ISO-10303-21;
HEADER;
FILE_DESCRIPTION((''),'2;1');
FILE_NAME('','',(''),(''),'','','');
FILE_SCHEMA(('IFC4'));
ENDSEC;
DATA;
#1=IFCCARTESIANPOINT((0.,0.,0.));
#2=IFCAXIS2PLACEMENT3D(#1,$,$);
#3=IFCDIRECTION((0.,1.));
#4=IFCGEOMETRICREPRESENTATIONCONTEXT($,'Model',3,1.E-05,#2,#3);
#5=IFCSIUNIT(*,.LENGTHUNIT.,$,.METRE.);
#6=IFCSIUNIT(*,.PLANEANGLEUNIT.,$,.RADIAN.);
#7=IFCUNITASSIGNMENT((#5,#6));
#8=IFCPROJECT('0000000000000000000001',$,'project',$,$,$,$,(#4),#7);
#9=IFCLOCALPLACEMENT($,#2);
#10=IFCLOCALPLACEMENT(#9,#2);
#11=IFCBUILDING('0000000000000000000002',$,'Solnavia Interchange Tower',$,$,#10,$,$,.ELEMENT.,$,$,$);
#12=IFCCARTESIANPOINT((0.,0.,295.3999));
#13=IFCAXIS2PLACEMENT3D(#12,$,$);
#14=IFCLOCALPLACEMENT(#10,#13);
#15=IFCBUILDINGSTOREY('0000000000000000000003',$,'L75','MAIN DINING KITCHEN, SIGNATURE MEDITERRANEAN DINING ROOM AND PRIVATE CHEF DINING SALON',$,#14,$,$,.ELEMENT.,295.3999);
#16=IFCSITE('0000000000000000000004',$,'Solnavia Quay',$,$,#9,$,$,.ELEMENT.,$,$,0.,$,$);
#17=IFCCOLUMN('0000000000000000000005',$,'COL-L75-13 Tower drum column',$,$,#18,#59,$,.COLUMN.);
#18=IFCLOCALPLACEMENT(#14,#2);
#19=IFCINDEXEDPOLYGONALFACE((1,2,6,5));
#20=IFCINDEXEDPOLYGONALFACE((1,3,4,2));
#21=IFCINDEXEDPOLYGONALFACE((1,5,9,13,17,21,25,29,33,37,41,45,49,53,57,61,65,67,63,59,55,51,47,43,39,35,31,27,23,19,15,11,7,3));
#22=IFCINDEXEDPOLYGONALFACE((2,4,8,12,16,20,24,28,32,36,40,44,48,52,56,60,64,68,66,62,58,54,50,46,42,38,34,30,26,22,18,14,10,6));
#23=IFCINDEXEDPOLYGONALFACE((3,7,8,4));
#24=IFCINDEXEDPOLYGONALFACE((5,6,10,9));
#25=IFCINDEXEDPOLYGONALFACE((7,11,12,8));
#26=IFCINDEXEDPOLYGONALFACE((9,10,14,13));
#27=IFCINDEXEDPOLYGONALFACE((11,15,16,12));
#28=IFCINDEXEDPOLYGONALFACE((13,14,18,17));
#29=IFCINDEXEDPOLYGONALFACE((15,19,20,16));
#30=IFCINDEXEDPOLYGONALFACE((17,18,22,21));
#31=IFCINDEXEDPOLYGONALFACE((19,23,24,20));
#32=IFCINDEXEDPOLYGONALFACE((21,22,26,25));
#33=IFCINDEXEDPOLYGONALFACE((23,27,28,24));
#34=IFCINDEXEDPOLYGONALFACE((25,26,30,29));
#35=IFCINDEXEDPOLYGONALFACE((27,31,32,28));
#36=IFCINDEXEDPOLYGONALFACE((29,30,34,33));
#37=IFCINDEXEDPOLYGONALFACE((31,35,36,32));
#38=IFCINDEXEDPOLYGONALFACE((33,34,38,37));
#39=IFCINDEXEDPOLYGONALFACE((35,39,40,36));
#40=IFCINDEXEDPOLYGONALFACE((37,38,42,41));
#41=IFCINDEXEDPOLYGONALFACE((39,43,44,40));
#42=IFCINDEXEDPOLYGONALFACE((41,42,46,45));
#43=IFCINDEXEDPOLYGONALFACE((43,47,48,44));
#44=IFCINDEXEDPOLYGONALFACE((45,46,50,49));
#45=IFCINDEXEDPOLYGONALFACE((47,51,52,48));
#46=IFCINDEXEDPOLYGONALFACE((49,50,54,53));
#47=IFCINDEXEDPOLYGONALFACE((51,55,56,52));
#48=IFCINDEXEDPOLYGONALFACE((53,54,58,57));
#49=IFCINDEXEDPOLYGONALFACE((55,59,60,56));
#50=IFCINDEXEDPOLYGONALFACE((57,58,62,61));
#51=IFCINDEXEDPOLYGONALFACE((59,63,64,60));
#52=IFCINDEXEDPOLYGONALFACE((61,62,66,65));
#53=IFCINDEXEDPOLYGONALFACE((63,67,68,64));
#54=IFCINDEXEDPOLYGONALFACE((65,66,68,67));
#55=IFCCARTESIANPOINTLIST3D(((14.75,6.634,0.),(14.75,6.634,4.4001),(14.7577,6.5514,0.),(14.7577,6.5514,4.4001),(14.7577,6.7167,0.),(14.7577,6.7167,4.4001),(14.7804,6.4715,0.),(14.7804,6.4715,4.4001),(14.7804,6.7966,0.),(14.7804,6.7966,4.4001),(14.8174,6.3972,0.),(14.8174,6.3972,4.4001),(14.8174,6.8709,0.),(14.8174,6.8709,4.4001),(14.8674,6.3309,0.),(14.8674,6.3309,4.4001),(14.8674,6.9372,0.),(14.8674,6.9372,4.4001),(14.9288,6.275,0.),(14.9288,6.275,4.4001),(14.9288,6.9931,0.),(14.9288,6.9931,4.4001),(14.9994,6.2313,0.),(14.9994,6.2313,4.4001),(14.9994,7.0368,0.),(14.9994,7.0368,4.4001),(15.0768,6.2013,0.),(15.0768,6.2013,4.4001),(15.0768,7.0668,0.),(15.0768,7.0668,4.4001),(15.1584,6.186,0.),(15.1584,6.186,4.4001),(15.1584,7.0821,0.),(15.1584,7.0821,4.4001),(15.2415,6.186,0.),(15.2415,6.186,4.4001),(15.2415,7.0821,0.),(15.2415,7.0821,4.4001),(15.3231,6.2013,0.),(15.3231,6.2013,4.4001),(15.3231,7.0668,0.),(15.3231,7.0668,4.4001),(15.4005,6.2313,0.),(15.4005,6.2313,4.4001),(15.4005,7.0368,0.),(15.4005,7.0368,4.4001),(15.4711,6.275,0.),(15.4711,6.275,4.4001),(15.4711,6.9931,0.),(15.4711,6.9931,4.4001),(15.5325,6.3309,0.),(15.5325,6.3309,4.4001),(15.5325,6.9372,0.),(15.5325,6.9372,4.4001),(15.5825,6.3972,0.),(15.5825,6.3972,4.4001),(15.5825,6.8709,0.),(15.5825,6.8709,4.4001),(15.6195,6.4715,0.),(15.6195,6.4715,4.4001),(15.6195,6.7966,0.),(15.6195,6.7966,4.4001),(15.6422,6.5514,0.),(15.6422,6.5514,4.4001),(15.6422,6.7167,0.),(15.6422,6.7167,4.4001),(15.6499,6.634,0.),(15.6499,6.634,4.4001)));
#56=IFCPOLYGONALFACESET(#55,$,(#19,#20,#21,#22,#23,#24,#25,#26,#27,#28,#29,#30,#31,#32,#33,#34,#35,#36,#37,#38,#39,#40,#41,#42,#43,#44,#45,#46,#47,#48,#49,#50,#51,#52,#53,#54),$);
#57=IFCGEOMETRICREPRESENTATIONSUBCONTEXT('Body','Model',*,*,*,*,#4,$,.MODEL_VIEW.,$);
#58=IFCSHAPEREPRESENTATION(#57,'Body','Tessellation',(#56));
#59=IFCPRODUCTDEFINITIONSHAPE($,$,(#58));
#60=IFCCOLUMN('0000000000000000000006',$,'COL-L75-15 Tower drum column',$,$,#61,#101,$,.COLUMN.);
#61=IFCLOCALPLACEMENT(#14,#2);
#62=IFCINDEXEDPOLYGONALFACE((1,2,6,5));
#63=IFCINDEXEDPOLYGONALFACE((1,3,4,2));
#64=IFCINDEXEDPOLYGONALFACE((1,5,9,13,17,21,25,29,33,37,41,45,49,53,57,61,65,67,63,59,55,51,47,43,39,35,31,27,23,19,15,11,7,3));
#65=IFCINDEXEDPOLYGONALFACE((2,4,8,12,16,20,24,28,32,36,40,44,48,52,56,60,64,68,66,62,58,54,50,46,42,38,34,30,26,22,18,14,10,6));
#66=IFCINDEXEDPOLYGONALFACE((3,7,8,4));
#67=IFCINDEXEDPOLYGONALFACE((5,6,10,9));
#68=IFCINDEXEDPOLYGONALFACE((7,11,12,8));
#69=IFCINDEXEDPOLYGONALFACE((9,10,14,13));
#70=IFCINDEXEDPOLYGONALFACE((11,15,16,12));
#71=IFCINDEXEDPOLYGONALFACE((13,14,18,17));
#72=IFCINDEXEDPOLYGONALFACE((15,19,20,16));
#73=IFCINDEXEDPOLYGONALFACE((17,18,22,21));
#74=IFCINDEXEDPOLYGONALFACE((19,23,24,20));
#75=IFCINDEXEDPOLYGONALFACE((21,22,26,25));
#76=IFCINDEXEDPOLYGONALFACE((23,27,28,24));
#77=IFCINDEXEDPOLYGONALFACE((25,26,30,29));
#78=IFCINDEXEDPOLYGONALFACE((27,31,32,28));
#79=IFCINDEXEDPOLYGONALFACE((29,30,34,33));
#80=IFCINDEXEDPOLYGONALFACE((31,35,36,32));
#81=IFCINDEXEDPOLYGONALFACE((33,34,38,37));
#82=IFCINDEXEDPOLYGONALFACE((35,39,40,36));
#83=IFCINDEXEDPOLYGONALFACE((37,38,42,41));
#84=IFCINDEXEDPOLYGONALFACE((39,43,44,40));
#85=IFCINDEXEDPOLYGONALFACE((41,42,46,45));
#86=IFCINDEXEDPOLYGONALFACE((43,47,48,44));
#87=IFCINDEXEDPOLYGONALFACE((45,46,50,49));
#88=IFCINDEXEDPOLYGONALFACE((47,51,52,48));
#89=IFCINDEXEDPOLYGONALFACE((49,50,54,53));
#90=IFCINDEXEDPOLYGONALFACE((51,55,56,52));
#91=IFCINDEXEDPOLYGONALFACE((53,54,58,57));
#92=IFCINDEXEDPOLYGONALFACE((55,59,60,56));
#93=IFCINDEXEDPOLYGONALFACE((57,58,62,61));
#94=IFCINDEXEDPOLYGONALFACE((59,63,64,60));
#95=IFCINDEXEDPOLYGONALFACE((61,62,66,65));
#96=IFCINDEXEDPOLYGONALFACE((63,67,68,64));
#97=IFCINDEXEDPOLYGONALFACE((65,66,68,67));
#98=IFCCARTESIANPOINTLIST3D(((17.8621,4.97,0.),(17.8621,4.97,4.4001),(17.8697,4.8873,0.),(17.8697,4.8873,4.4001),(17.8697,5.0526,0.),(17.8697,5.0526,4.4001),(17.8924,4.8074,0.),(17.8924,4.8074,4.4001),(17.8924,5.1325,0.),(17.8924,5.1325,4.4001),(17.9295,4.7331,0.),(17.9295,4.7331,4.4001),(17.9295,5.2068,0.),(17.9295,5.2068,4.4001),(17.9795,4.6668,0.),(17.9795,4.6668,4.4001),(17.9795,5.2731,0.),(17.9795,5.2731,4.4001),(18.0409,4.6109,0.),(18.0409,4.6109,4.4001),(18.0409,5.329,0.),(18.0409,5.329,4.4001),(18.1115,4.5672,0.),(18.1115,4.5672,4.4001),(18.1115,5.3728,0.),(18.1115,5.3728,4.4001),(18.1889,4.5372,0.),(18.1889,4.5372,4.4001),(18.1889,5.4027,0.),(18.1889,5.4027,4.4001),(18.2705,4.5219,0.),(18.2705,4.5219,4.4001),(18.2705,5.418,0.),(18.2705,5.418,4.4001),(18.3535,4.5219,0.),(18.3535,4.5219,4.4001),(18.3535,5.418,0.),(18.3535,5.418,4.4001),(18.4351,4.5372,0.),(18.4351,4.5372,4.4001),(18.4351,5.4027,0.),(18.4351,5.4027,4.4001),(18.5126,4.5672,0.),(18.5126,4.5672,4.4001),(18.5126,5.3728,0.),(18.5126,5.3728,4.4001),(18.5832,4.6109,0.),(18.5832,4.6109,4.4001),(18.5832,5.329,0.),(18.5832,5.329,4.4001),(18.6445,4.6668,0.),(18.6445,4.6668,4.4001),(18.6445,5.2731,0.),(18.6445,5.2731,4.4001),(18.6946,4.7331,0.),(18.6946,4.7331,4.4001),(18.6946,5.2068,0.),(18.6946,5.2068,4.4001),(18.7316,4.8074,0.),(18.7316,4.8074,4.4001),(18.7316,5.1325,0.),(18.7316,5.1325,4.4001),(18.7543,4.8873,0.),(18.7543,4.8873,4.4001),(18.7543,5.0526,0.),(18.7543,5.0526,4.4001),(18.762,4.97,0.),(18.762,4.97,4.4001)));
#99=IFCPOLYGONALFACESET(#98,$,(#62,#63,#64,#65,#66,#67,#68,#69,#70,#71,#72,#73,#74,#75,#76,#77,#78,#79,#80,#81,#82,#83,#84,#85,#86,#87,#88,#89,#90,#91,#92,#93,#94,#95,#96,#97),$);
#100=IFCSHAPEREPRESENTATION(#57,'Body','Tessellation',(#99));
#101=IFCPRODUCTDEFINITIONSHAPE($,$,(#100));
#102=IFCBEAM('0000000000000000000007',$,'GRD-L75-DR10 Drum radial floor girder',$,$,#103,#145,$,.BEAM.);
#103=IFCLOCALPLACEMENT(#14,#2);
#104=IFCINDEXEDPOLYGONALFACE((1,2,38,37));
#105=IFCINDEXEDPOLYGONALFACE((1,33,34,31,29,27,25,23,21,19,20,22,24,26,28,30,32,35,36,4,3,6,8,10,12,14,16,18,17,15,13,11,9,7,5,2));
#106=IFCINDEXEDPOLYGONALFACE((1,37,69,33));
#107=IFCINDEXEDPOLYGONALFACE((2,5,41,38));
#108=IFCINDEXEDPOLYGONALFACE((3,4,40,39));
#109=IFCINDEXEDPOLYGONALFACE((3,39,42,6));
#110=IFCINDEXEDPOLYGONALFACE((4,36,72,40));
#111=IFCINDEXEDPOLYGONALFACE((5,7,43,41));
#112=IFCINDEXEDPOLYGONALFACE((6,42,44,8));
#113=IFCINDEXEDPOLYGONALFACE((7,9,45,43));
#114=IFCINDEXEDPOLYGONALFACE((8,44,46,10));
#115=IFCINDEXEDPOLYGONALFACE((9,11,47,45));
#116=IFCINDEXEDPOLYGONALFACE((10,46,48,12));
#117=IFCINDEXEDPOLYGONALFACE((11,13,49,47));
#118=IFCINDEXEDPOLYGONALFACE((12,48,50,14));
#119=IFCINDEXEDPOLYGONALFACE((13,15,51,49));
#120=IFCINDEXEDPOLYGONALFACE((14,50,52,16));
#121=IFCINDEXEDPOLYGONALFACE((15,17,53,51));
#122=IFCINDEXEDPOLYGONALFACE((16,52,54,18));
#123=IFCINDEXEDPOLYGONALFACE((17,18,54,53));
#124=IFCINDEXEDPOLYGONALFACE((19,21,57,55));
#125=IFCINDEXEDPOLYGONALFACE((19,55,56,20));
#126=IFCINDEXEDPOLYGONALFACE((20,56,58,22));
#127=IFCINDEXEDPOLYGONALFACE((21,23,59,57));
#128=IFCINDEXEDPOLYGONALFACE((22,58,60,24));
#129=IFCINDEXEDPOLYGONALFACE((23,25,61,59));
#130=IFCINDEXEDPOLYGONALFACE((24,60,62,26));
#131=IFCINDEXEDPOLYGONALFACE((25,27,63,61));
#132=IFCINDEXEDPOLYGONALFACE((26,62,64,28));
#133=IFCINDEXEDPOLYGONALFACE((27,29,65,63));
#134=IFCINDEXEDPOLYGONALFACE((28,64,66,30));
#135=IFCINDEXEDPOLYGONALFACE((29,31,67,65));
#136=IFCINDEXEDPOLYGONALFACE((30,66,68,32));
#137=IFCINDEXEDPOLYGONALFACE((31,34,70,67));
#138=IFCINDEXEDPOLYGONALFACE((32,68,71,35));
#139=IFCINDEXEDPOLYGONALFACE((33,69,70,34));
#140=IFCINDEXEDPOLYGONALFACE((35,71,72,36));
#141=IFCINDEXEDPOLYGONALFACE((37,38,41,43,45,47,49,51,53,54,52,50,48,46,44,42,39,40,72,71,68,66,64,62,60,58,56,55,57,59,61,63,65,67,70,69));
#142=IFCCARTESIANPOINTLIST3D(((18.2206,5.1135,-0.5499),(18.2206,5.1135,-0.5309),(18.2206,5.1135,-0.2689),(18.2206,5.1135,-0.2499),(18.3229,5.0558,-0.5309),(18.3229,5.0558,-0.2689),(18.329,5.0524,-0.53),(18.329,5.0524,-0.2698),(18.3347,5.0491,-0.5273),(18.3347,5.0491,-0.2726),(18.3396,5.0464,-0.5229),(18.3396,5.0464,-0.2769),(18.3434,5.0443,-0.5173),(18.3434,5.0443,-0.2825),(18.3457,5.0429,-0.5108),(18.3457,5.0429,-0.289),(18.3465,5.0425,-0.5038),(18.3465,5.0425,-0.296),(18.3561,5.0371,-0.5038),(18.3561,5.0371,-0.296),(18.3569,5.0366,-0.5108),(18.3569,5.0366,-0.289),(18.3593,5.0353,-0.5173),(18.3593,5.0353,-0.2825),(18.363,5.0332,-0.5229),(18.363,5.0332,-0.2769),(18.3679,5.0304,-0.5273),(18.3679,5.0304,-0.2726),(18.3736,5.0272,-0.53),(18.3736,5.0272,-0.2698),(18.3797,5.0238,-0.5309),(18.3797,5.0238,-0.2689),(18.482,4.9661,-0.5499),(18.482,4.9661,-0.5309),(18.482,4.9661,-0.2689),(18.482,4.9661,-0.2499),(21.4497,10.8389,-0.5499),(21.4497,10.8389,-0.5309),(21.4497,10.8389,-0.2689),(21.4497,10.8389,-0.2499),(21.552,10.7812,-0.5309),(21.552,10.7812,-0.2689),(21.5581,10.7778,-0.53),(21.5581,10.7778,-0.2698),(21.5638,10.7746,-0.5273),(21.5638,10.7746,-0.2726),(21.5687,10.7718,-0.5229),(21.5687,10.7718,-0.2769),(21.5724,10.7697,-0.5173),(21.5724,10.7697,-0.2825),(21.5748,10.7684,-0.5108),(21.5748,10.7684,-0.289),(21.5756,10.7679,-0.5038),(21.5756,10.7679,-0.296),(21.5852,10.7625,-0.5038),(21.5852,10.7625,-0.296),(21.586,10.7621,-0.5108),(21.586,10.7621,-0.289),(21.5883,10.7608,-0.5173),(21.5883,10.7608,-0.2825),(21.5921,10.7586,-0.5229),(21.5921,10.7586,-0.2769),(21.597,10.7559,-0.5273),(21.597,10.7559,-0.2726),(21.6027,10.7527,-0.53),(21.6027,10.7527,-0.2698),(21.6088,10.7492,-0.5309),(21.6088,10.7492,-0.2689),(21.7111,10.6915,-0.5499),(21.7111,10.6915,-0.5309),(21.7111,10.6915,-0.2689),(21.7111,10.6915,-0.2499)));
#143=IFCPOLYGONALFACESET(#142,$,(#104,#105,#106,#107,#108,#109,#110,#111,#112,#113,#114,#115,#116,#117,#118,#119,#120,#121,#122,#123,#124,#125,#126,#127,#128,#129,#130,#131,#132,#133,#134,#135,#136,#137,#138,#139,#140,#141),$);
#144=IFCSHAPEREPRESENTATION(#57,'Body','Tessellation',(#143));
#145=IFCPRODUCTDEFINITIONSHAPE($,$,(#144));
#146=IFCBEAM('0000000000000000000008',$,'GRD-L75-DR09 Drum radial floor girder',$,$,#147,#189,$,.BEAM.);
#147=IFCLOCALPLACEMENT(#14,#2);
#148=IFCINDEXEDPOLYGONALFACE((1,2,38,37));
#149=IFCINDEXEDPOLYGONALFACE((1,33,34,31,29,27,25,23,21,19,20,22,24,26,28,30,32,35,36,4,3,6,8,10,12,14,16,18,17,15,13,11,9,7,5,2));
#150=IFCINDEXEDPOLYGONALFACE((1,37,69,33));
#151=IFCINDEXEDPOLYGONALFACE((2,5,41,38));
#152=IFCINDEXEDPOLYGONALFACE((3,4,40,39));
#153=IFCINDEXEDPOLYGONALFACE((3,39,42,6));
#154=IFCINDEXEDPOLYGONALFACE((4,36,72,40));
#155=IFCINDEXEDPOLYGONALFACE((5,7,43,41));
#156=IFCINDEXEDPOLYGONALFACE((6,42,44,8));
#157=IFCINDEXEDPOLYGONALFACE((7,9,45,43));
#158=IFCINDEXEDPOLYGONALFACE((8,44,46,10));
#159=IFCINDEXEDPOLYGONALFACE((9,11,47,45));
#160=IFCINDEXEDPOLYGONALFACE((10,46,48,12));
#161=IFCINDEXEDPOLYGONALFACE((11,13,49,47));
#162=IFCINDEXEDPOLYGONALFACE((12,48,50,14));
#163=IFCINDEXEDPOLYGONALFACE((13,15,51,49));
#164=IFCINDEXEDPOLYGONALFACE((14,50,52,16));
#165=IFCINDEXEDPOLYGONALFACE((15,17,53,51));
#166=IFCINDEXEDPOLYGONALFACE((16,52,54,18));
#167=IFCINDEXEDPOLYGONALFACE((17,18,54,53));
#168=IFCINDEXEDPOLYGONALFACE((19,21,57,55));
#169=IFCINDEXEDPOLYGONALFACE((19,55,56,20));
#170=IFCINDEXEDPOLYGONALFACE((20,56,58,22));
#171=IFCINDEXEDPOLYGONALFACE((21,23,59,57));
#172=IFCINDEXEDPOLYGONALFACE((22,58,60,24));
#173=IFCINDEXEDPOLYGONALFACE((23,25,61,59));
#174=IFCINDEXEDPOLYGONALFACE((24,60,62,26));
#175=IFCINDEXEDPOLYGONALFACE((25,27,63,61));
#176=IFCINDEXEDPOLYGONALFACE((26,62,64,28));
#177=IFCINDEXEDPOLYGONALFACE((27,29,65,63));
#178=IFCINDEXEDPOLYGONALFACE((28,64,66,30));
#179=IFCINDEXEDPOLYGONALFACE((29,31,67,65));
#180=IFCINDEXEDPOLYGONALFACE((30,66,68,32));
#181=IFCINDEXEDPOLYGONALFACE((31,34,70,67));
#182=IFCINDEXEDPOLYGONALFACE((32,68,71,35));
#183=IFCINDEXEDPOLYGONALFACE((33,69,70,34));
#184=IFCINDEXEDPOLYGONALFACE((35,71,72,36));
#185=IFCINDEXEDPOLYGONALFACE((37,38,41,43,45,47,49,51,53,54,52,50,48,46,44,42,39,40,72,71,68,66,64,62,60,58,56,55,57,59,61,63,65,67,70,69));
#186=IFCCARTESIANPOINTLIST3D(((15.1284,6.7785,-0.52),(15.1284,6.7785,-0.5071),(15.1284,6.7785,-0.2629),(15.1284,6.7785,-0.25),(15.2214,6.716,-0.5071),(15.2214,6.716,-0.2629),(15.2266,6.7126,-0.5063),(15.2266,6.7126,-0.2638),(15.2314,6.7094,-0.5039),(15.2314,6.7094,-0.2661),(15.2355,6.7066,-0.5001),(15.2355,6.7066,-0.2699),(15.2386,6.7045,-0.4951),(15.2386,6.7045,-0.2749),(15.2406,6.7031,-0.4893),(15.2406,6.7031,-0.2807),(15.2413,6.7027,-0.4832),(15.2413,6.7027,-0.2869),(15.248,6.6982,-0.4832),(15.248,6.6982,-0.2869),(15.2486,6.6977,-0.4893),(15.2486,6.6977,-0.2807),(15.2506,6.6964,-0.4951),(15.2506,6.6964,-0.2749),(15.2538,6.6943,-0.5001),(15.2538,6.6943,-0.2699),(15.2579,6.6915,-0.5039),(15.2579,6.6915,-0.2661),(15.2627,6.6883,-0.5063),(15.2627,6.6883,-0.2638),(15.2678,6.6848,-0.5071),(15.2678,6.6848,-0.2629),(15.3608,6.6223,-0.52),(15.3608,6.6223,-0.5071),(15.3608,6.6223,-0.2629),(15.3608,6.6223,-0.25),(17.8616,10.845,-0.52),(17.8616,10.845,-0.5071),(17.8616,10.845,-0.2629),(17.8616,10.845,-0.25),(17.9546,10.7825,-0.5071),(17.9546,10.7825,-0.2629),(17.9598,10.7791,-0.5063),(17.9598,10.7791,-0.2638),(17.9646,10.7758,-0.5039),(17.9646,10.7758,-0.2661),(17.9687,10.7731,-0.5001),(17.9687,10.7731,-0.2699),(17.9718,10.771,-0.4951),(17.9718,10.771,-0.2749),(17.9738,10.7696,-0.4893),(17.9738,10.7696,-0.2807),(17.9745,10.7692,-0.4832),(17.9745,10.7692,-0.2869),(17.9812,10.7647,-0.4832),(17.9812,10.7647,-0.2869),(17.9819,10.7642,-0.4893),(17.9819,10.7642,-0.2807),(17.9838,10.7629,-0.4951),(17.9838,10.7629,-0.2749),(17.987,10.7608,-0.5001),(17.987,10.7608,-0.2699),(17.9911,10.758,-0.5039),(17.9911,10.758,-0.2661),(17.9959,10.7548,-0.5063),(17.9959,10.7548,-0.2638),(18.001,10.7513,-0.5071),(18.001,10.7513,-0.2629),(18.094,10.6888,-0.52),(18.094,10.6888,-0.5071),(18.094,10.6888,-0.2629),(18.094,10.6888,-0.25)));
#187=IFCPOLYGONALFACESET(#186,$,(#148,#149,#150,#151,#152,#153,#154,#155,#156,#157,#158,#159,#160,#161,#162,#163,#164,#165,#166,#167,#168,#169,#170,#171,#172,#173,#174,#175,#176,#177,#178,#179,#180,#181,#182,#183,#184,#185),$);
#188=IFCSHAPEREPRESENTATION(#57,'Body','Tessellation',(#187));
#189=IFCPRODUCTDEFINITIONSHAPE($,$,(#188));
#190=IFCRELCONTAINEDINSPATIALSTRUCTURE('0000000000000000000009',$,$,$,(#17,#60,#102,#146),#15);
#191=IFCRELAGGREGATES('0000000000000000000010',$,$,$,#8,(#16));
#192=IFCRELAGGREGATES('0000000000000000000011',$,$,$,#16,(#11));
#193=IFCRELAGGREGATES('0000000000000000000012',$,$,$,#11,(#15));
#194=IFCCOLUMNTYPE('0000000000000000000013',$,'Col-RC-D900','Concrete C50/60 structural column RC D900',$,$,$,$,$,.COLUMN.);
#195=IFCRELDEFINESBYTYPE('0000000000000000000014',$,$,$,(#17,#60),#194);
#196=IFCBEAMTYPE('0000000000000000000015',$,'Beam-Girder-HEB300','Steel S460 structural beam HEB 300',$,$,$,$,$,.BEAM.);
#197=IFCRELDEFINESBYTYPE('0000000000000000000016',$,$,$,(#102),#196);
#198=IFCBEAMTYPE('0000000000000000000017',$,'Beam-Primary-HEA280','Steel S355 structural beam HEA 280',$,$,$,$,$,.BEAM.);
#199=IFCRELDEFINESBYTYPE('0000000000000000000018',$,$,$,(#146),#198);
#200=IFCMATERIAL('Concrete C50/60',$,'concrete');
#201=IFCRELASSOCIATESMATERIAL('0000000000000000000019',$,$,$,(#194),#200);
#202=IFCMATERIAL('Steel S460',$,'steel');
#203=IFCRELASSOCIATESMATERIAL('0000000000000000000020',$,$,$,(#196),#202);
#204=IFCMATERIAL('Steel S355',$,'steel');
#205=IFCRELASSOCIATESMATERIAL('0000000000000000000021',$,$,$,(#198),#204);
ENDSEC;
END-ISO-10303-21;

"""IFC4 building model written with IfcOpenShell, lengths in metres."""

from ifc_helpers import new_model, si_unit, direction, frame, origin, origin_2d, place, context, subcontext, project, spatial, circle, i_section, extrude, material, material_profile, profile_set, type_object, element, save


model = new_model("IFC4")

# Units and contexts
model_context = context("Model", 3, precision=1e-05, world=origin(), true_north=direction((0.0, 1.0)))
body_context = subcontext(model_context, "Body", "Model", "MODEL_VIEW")
ifc_project = project(units=[si_unit("LENGTHUNIT", "METRE"), si_unit("PLANEANGLEUNIT", "RADIAN")], contexts=[model_context])

# Site, building, storey
site_placement = place(None, origin())
site = spatial("IfcSite", under=ifc_project, at=site_placement, Name="Solnavia Quay", CompositionType="ELEMENT", RefElevation=0.0)
building_placement = place(site_placement, origin())
building = spatial("IfcBuilding", under=site, at=building_placement, Name="Solnavia Interchange Tower", CompositionType="ELEMENT")
storey_placement = place(building_placement, frame((0.0, 0.0, 295.3999)))
storey = spatial("IfcBuildingStorey", under=building, at=storey_placement, Name="L75", Description="MAIN DINING KITCHEN, SIGNATURE MEDITERRANEAN DINING ROOM AND PRIVATE CHEF DINING SALON", CompositionType="ELEMENT", Elevation=295.3999)

# Columns
ifc_material_1 = material(Name="Concrete C50/60", Category="concrete")
ifc_material_profile_1 = material_profile(ifc_material_1, circle(Radius=0.45, at=origin_2d()), Name="RC D900")
ifc_profile_set_1 = profile_set([ifc_material_profile_1], Name="Concrete C50/60")
column_type = type_object("IfcColumnType", Name="Col-RC-D900", Description="Concrete C50/60 structural column RC D900", PredefinedType="COLUMN", material=ifc_profile_set_1)
for number, where, z_axis, x_axis, name in (
    (1, (15.2, 6.634, 0.0), (0.0, 0.0, 1.0), (1.0, 0.0, 0.0), "COL-L75-13 Tower drum column"),
    (2, (18.312, 4.97, 0.0), (0.0, 0.0, 1.0), (1.0, 0.0, 0.0), "COL-L75-15 Tower drum column"),
):
    element("IfcColumn", number, at=place(storey_placement, frame(where, z_axis=z_axis, x_axis=x_axis)), inside=storey, type_object=column_type, Name=name, PredefinedType="COLUMN", context=body_context, shape_type="SweptSolid", body=[
        extrude(circle(Radius=0.45, at=origin_2d()), origin(), (0.0, 0.0, 1.0), 4.4001),
    ])

# Beams
ifc_material_2 = material(Name="Steel S460", Category="steel")
ifc_material_profile_2 = material_profile(ifc_material_2, i_section(OverallWidth=0.3, OverallDepth=0.3, WebThickness=0.011, FlangeThickness=0.019, FilletRadius=0.0271, at=origin_2d()), Name="HEB 300")
ifc_profile_set_2 = profile_set([ifc_material_profile_2], Name="Steel S460")
beam_type_1 = type_object("IfcBeamType", Name="Beam-Girder-HEB300", Description="Steel S460 structural beam HEB 300", PredefinedType="BEAM", material=ifc_profile_set_2)
beam_1_placement = place(storey_placement, frame((18.3513, 5.0398, -0.3999), z_axis=(0.491243, 0.871022, 0.0), x_axis=(-0.871022, 0.491243, 0.0)))
element("IfcBeam", 3, at=beam_1_placement, inside=storey, type_object=beam_type_1, Name="GRD-L75-DR10 Drum radial floor girder", PredefinedType="BEAM", context=body_context, shape_type="SweptSolid", body=[
    extrude(i_section(OverallWidth=0.3, OverallDepth=0.3, WebThickness=0.011, FlangeThickness=0.019, FilletRadius=0.0271, at=origin_2d()), origin(), (0.0, 0.0, 1.0), 6.5732),
])
ifc_material_3 = material(Name="Steel S355", Category="steel")
ifc_material_profile_3 = material_profile(ifc_material_3, i_section(OverallWidth=0.28, OverallDepth=0.27, WebThickness=0.0081, FlangeThickness=0.0129, FilletRadius=0.0239, at=origin_2d()), Name="HEA 280")
ifc_profile_set_3 = profile_set([ifc_material_profile_3], Name="Steel S355")
beam_type_2 = type_object("IfcBeamType", Name="Beam-Primary-HEA280", Description="Steel S355 structural beam HEA 280", PredefinedType="BEAM", material=ifc_profile_set_3)
beam_2_placement = place(storey_placement, frame((15.2446, 6.7004, -0.385), z_axis=(0.557835, 0.829952, 0.0), x_axis=(-0.829952, 0.557835, 0.0)))
element("IfcBeam", 4, at=beam_2_placement, inside=storey, type_object=beam_type_2, Name="GRD-L75-DR09 Drum radial floor girder", PredefinedType="BEAM", context=body_context, shape_type="SweptSolid", body=[
    extrude(i_section(OverallWidth=0.28, OverallDepth=0.27, WebThickness=0.0081, FlangeThickness=0.0129, FilletRadius=0.0239, at=origin_2d()), origin(), (0.0, 0.0, 1.0), 4.8997),
])

save(model, "model.ifc")
